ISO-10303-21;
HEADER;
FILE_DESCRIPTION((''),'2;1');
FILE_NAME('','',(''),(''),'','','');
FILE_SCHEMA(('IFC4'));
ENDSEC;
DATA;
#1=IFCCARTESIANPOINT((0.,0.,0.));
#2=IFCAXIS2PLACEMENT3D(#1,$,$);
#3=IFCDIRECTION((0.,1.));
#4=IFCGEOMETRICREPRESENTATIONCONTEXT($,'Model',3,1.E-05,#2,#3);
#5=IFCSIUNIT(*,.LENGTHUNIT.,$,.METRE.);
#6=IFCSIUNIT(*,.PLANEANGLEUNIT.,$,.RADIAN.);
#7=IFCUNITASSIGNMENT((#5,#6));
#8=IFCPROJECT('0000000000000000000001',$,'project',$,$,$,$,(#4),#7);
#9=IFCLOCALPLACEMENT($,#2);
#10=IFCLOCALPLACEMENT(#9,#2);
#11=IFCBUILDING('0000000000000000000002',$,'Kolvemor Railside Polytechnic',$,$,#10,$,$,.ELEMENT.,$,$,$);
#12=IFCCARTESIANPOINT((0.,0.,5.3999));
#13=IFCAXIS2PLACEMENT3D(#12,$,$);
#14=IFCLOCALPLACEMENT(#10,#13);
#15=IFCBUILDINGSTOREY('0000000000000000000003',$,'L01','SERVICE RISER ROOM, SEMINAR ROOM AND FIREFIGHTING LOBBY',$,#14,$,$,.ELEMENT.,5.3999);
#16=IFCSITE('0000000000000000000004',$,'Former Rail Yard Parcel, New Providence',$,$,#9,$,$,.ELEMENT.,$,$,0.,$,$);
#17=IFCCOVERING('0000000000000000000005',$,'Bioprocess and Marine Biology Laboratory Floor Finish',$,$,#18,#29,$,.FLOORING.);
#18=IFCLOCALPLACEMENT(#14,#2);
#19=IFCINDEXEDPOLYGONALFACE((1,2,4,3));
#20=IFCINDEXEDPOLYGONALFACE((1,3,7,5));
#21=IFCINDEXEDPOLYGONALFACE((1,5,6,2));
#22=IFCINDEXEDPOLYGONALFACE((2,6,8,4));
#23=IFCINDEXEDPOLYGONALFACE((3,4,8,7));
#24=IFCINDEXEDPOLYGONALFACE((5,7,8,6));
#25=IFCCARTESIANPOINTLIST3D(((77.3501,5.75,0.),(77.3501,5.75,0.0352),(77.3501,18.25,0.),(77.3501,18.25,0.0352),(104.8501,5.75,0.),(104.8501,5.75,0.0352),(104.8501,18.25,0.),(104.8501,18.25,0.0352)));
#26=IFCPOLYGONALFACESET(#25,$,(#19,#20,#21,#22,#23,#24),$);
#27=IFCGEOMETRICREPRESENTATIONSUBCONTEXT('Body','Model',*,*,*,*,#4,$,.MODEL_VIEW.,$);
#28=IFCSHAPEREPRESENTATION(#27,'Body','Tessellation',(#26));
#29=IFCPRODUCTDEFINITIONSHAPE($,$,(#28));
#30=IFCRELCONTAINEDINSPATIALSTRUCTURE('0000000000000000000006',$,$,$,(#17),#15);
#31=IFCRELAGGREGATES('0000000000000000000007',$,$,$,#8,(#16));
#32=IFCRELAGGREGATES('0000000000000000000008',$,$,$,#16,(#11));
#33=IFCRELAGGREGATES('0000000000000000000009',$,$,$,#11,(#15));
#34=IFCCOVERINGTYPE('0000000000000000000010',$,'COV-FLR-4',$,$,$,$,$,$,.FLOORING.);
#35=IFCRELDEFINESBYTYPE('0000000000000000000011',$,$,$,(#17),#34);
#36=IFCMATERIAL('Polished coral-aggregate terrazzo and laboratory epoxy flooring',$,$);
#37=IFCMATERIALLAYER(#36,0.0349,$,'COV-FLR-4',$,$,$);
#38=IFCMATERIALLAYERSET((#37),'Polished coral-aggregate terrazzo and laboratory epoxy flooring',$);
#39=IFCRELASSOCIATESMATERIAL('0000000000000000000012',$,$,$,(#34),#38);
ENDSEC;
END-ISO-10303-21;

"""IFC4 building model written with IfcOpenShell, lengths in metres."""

from ifc_helpers import new_model, si_unit, direction, frame, origin, place, context, subcontext, project, spatial, polyline, outline, extrude, material, layer, layer_set, type_object, element, save


model = new_model("IFC4")

# Units and contexts
model_context = context("Model", 3, precision=1e-05, world=origin(), true_north=direction((0.0, 1.0)))
body_context = subcontext(model_context, "Body", "Model", "MODEL_VIEW")
ifc_project = project(units=[si_unit("LENGTHUNIT", "METRE"), si_unit("PLANEANGLEUNIT", "RADIAN")], contexts=[model_context])

# Site, building, storey
site_placement = place(None, origin())
site = spatial("IfcSite", under=ifc_project, at=site_placement, Name="Former Rail Yard Parcel, New Providence", CompositionType="ELEMENT", RefElevation=0.0)
building_placement = place(site_placement, origin())
building = spatial("IfcBuilding", under=site, at=building_placement, Name="Kolvemor Railside Polytechnic", CompositionType="ELEMENT")
storey_placement = place(building_placement, frame((0.0, 0.0, 5.3999)))
storey = spatial("IfcBuildingStorey", under=building, at=storey_placement, Name="L01", Description="SERVICE RISER ROOM, SEMINAR ROOM AND FIREFIGHTING LOBBY", CompositionType="ELEMENT", Elevation=5.3999)

# Covering
ifc_material_1 = material(Name="Polished coral-aggregate terrazzo and laboratory epoxy flooring")
ifc_layer_1 = layer(ifc_material_1, 0.0349, Name="COV-FLR-4")
ifc_layer_set_1 = layer_set([ifc_layer_1], Name="Polished coral-aggregate terrazzo and laboratory epoxy flooring")
covering_type_1 = type_object("IfcCoveringType", Name="COV-FLR-4", PredefinedType="FLOORING", material=ifc_layer_set_1)
covering_1_placement = place(storey_placement, origin())
element("IfcCovering", 1, at=covering_1_placement, inside=storey, type_object=covering_type_1, Name="Bioprocess and Marine Biology Laboratory Floor Finish", PredefinedType="FLOORING", context=body_context, shape_type="SweptSolid", body=[
    extrude(outline(polyline([(77.3501, 5.75), (104.8501, 5.75), (104.8501, 18.25), (77.3501, 18.25), (77.3501, 5.75)])), origin(), (0.0, 0.0, 1.0), 0.0352),
])

save(model, "model.ifc")
